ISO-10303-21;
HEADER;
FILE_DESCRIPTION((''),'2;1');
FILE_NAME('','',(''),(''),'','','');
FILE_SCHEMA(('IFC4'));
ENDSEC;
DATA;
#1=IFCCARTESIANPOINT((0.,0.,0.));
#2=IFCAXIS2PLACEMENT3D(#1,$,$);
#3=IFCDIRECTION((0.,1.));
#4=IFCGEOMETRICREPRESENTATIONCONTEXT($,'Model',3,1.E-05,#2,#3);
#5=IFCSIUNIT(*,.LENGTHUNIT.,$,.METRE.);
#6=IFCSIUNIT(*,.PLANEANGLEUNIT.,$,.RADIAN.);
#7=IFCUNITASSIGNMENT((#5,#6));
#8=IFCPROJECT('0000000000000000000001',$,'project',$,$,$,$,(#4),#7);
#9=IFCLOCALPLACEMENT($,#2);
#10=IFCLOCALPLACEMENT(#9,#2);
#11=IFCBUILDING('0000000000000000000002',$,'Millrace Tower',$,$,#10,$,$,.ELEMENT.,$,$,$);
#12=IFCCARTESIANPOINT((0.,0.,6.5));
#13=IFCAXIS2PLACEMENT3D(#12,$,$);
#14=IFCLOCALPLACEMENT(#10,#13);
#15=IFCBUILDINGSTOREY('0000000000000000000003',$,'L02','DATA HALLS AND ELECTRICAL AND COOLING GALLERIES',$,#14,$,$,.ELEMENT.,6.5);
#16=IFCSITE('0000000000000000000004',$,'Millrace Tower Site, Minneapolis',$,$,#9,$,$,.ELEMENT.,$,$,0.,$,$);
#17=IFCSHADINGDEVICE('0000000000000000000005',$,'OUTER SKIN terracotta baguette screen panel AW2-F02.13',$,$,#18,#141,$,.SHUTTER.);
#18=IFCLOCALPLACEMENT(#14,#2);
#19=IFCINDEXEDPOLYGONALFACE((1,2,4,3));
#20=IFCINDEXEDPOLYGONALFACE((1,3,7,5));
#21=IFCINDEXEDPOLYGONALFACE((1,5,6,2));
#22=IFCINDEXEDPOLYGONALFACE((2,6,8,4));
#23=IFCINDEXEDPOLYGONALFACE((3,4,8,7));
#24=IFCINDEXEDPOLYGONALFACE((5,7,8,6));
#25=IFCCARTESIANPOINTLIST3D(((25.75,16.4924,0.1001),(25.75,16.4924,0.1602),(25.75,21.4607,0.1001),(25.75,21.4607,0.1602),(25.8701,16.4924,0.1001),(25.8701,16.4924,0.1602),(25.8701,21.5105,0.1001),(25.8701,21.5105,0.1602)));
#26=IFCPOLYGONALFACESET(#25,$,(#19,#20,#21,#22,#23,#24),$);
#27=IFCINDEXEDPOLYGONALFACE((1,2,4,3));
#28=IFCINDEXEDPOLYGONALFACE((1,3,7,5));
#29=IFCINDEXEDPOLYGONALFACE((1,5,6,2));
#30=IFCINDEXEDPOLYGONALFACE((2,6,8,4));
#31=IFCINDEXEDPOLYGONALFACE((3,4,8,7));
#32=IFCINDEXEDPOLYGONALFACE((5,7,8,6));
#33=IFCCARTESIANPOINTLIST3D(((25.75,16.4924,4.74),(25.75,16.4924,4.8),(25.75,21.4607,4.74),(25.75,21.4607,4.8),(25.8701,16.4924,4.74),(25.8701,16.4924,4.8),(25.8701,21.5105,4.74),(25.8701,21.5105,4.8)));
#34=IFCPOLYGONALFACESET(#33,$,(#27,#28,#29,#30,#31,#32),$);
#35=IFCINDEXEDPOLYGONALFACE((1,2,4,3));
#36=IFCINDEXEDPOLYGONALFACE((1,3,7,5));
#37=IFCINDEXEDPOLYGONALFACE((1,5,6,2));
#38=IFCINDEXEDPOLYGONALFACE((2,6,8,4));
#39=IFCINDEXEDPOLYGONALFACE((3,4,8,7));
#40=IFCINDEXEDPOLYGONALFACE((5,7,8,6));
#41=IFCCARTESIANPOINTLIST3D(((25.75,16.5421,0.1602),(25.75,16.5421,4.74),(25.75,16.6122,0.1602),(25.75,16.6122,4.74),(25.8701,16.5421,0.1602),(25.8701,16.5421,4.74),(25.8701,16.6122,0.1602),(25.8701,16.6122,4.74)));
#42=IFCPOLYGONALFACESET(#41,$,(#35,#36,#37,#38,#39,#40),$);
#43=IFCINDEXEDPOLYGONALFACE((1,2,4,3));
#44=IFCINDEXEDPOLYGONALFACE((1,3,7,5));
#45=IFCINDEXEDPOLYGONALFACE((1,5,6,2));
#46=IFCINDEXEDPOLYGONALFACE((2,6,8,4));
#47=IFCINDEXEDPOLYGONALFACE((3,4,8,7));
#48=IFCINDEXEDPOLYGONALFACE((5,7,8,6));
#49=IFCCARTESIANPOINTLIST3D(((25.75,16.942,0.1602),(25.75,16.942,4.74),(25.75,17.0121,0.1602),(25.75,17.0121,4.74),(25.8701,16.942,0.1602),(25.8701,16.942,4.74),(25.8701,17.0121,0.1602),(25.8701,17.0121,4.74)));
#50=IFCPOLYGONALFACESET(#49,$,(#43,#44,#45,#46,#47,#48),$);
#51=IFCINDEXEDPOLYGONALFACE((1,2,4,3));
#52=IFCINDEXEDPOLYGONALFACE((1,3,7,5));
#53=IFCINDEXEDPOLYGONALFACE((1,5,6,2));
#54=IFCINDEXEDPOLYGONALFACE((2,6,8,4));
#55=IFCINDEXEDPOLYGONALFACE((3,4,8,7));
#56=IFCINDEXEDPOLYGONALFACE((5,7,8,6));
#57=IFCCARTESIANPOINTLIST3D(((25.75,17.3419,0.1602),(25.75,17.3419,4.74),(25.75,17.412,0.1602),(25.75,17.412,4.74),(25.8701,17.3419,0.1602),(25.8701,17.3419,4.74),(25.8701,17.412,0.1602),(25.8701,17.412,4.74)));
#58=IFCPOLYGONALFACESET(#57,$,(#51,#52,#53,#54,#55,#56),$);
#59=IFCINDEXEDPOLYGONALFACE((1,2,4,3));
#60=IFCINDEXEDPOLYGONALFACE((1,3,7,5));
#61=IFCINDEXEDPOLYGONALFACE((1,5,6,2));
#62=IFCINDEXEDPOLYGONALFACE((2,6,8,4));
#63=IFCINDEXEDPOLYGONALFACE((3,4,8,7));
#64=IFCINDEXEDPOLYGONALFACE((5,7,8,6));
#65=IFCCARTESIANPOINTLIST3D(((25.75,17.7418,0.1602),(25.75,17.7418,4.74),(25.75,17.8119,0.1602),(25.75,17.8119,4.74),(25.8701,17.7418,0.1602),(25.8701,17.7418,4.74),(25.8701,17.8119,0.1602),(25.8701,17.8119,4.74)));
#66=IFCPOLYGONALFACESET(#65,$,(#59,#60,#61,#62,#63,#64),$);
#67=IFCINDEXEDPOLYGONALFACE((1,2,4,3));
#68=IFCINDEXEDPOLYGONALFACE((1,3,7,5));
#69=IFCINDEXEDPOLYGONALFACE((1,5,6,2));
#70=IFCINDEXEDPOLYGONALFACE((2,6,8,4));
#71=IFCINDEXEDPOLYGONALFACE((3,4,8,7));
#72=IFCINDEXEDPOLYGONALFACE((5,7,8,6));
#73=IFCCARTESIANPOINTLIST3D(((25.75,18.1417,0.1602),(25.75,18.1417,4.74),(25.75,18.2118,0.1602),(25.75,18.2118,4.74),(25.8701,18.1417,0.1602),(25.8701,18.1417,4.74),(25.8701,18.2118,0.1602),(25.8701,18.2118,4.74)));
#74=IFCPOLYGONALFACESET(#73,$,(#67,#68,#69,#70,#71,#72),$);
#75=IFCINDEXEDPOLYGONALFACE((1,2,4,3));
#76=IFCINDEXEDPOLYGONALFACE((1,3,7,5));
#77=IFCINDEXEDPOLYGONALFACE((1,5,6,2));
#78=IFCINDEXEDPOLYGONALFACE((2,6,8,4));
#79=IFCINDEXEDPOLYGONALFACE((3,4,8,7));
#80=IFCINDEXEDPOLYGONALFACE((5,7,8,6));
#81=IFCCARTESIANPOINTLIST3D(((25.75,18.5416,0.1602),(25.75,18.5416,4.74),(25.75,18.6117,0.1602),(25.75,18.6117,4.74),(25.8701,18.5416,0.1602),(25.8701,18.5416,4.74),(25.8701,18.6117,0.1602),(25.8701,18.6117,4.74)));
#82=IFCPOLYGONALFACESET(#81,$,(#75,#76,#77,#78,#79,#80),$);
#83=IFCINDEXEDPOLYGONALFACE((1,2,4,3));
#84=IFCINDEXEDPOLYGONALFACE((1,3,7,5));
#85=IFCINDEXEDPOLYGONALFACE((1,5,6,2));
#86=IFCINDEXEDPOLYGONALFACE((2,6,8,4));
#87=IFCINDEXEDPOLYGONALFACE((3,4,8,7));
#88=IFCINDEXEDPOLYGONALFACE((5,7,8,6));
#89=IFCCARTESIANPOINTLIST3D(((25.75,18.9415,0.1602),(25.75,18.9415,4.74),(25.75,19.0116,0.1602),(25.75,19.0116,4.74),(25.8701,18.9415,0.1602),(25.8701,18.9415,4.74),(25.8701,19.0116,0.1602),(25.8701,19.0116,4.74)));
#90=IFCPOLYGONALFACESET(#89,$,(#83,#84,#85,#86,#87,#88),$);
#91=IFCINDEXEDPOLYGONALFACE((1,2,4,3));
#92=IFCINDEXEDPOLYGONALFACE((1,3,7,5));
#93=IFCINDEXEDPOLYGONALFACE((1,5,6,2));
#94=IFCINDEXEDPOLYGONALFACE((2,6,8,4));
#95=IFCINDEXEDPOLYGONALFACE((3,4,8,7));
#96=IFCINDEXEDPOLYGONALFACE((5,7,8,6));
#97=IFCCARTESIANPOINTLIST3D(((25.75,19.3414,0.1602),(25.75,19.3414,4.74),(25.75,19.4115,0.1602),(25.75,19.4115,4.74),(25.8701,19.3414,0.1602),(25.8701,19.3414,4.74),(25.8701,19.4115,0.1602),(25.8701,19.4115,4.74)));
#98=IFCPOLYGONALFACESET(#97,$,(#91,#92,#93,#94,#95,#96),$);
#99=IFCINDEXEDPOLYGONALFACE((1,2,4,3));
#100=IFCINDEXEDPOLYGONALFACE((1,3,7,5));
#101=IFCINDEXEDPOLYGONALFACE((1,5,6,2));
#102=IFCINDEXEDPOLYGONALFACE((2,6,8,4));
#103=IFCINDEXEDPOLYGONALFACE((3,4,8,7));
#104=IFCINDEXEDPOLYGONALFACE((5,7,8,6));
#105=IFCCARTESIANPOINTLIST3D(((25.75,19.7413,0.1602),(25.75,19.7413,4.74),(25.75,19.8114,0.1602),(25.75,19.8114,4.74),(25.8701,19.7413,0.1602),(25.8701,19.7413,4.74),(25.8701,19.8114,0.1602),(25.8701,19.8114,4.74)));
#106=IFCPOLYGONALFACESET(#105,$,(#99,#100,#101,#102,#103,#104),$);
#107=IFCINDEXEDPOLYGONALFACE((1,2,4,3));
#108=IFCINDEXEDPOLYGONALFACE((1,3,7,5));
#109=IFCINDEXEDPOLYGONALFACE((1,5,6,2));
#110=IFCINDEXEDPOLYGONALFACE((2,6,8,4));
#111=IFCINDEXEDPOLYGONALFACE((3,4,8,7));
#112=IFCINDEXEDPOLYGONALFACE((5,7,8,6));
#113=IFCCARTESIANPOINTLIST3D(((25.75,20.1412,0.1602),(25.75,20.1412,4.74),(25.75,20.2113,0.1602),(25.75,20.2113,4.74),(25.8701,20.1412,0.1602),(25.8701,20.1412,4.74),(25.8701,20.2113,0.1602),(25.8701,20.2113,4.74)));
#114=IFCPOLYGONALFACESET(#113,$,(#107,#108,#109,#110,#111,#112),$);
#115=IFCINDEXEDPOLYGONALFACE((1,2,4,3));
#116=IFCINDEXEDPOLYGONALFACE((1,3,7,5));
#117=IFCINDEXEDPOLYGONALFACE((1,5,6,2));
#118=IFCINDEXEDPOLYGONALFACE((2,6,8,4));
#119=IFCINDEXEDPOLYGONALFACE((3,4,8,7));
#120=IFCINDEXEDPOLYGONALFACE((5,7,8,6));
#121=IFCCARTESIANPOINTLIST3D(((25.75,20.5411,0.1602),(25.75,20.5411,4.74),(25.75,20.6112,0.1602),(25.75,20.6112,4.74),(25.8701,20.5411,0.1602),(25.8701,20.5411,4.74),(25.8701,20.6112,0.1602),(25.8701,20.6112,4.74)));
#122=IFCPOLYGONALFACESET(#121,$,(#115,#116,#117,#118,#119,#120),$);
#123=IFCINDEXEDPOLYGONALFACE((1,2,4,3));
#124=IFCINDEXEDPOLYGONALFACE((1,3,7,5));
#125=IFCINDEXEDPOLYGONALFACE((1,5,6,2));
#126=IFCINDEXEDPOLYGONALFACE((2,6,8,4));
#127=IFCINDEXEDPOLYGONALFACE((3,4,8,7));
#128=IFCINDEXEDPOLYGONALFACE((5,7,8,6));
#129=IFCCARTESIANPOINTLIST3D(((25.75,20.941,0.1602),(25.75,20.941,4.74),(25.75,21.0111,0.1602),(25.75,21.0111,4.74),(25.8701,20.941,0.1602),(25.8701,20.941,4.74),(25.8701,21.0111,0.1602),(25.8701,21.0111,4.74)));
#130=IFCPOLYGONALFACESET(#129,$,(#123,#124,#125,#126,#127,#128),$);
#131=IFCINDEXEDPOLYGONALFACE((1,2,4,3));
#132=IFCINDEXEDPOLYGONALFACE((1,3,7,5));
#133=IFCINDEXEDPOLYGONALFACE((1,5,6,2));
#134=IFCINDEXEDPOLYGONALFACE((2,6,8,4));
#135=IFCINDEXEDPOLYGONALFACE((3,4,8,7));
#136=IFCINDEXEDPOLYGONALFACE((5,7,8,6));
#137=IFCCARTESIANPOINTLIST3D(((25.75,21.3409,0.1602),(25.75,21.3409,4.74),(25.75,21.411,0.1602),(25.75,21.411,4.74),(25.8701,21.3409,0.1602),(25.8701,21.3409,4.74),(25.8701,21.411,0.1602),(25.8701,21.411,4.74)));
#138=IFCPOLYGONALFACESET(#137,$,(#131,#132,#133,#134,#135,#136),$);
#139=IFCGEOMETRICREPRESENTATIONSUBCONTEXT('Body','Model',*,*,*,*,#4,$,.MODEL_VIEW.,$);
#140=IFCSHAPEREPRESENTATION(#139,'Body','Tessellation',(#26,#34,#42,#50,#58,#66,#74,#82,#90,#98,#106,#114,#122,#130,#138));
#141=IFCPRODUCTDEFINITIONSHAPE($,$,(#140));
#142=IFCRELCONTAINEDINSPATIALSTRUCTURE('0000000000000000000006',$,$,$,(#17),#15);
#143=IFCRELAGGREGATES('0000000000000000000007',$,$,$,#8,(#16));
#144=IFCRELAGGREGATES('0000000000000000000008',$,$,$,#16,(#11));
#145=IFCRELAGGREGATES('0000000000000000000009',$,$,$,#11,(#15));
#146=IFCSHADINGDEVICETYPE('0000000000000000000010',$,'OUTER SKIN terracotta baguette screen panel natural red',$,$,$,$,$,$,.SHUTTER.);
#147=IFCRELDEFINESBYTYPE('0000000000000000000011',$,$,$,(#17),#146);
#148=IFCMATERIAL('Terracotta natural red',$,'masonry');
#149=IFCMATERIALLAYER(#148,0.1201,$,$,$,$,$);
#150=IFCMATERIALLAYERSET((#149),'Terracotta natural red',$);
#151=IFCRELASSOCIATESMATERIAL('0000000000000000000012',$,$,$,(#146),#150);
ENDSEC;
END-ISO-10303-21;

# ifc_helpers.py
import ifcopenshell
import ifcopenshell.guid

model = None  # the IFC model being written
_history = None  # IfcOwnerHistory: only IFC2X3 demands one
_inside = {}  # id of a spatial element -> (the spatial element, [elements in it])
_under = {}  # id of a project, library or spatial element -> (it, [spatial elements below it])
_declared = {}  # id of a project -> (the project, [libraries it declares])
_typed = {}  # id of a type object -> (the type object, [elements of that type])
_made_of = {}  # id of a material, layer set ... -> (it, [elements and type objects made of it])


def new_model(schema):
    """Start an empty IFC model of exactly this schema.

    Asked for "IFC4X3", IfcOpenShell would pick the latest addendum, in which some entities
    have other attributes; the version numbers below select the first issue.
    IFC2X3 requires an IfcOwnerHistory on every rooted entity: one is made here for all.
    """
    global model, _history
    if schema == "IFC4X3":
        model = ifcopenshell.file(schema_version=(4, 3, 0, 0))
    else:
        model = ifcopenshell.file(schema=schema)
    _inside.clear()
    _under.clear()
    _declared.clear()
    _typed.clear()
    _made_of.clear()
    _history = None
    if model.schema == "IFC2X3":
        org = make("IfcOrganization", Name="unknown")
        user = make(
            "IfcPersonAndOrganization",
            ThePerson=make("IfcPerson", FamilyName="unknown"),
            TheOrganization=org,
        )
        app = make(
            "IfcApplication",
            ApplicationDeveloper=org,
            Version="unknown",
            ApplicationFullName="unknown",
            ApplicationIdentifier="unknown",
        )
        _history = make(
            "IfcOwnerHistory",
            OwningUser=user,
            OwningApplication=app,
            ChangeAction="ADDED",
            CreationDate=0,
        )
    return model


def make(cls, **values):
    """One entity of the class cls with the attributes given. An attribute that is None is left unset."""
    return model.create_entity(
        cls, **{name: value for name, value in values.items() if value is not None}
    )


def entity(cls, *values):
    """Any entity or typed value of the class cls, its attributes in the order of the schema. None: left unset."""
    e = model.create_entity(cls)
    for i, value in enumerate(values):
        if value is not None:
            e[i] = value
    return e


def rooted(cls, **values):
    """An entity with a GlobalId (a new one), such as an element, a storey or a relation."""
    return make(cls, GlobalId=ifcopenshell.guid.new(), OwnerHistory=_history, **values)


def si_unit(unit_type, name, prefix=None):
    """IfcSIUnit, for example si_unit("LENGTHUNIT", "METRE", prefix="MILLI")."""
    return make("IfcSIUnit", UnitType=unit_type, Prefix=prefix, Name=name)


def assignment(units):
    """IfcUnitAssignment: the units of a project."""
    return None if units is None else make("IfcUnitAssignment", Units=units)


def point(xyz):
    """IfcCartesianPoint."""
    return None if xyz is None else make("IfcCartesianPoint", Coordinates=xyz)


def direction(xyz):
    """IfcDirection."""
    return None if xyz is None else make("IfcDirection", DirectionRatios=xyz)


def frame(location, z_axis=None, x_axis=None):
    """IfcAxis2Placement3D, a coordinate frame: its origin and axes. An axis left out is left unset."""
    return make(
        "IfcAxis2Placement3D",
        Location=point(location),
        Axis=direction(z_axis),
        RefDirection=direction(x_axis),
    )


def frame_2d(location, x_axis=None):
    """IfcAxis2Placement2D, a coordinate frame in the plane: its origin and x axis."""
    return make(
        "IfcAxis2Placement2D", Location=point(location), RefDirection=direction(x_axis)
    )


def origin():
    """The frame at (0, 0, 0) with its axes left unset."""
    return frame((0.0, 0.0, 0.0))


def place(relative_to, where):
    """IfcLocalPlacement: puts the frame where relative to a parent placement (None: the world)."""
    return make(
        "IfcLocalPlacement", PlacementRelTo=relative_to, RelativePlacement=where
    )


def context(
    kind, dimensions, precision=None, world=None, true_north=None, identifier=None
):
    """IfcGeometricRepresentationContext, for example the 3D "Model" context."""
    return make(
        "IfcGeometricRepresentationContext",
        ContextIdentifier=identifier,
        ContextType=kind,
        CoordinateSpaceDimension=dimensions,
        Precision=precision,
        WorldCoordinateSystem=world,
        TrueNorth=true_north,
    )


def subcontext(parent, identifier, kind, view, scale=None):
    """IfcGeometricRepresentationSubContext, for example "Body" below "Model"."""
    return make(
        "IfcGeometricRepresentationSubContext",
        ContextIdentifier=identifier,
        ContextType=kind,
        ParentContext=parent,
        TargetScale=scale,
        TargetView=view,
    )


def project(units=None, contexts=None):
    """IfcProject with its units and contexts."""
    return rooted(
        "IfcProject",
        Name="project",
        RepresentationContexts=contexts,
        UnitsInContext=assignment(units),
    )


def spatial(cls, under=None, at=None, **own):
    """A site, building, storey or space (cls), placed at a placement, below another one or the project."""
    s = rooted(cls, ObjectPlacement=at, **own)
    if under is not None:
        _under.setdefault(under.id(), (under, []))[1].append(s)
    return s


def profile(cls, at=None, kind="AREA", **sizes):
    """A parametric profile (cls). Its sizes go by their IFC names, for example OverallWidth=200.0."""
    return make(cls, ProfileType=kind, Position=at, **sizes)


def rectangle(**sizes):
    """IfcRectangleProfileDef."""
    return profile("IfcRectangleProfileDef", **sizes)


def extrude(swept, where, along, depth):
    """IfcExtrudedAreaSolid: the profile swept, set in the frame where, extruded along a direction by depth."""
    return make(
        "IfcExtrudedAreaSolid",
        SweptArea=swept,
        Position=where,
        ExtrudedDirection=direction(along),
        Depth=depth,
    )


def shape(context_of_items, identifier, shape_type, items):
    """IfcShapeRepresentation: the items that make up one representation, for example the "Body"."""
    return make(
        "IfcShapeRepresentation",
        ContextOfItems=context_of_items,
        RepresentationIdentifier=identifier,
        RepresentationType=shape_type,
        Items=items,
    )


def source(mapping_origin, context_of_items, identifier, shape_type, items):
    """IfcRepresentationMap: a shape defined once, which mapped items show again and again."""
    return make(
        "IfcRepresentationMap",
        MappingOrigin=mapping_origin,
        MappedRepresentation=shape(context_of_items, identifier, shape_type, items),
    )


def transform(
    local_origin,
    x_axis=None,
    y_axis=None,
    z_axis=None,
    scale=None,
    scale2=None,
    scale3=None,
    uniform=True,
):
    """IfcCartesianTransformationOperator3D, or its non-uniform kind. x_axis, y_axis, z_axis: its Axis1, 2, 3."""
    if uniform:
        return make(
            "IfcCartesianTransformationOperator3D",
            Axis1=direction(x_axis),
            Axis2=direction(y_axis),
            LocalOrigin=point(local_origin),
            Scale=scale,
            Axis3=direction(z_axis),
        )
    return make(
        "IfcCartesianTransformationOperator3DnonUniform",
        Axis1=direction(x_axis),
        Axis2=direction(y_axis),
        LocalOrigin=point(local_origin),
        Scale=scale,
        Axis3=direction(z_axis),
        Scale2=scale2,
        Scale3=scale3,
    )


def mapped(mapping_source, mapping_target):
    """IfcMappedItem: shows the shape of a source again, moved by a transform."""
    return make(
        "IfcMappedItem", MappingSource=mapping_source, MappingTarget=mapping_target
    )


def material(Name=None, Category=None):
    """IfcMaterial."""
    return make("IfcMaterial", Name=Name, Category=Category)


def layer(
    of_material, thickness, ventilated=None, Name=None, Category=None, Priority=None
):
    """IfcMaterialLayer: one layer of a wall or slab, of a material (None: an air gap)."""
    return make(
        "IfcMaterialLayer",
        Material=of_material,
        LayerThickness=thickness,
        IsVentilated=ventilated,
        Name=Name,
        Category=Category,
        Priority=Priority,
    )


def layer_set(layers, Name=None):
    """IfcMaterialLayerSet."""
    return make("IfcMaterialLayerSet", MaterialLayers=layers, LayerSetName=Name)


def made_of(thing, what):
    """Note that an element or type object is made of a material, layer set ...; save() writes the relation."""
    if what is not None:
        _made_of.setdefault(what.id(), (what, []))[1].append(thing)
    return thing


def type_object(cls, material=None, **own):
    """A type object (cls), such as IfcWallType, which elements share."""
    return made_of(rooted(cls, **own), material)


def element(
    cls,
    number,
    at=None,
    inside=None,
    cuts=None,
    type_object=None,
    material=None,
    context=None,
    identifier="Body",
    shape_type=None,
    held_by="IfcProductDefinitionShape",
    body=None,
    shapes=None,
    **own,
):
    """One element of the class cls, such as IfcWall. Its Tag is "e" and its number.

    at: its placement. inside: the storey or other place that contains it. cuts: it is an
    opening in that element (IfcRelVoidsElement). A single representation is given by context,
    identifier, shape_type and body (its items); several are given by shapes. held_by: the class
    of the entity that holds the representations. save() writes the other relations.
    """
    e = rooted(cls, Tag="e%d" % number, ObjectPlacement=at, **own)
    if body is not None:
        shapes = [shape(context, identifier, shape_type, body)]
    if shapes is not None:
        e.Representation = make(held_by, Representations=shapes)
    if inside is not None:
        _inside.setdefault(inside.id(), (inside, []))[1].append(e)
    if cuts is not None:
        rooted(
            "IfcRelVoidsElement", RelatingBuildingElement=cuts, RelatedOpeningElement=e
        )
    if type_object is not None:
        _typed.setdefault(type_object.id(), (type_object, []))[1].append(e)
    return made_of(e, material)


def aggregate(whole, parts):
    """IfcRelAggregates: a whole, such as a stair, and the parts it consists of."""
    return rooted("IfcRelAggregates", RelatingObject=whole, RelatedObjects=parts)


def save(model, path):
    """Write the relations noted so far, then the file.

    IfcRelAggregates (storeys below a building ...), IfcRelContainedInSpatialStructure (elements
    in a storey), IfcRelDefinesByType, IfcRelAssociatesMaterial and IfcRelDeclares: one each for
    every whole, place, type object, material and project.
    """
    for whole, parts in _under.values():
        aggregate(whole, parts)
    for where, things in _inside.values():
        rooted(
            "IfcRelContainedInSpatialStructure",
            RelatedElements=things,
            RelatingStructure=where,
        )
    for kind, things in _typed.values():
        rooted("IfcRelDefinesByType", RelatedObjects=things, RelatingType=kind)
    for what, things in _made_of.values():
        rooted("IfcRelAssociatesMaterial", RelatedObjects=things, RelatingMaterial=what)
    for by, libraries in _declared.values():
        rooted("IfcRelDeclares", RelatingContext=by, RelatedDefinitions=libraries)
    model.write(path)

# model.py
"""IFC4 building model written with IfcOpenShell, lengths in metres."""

from ifc_helpers import new_model, entity, si_unit, direction, frame, frame_2d, origin, place, context, subcontext, project, spatial, rectangle, extrude, source, transform, mapped, material, layer, layer_set, type_object, element, save


model = new_model("IFC4")

# Units and contexts
model_context = context("Model", 3, precision=1e-05, world=origin(), true_north=direction((0.0, 1.0)))
body_context = subcontext(model_context, "Body", "Model", "MODEL_VIEW")
ifc_project = project(units=[si_unit("LENGTHUNIT", "METRE"), si_unit("PLANEANGLEUNIT", "RADIAN")], contexts=[model_context])

# Site, building, storey
site_placement = place(None, origin())
site = spatial("IfcSite", under=ifc_project, at=site_placement, Name="Millrace Tower Site, Minneapolis", CompositionType="ELEMENT", RefElevation=0.0)
building_placement = place(site_placement, origin())
building = spatial("IfcBuilding", under=site, at=building_placement, Name="Millrace Tower", CompositionType="ELEMENT")
storey_placement = place(building_placement, frame((0.0, 0.0, 6.5)))
storey = spatial("IfcBuildingStorey", under=building, at=storey_placement, Name="L02", Description="DATA HALLS AND ELECTRICAL AND COOLING GALLERIES", CompositionType="ELEMENT", Elevation=6.5)

# Shading device
ifc_material_1 = material(Name="Terracotta natural red", Category="masonry")
ifc_layer_1 = layer(ifc_material_1, 0.1201)
ifc_layer_set_1 = layer_set([ifc_layer_1], Name="Terracotta natural red")
shading_device_type_1 = type_object("IfcShadingDeviceType", Name="OUTER SKIN terracotta baguette screen panel natural red", PredefinedType="SHUTTER", material=ifc_layer_set_1)
cartesian_point_1 = entity("IfcCartesianPoint", [-2.4966, 0.0601])
shared_polyline_1 = entity("IfcPolyline", [cartesian_point_1, entity("IfcCartesianPoint", [2.4717, 0.0601]), entity("IfcCartesianPoint", [2.5215, -0.0601]), entity("IfcCartesianPoint", [-2.4966, -0.0601]), cartesian_point_1])
shared_shape_1 = source(origin(), body_context, "Body", "SweptSolid", [
    entity("IfcExtrudedAreaSolid", entity("IfcArbitraryClosedProfileDef", "AREA", None, shared_polyline_1), entity("IfcAxis2Placement3D", entity("IfcCartesianPoint", [0.0, 0.0, 0.0])), entity("IfcDirection", [0.0, 0.0, 1.0]), 0.0601),
    entity("IfcExtrudedAreaSolid", entity("IfcArbitraryClosedProfileDef", "AREA", None, shared_polyline_1), entity("IfcAxis2Placement3D", entity("IfcCartesianPoint", [0.0, 0.0, 4.6399])), entity("IfcDirection", [0.0, 0.0, 1.0]), 0.0601),
    extrude(rectangle(XDim=0.0701, YDim=0.1201, at=frame_2d((-2.4119, 0.0))), frame((0.0, 0.0, 0.0601)), (0.0, 0.0, 1.0), 4.5798),
    extrude(rectangle(XDim=0.0701, YDim=0.1201, at=frame_2d((-2.012, 0.0))), frame((0.0, 0.0, 0.0601)), (0.0, 0.0, 1.0), 4.5798),
    extrude(rectangle(XDim=0.0701, YDim=0.1201, at=frame_2d((-1.6121, 0.0))), frame((0.0, 0.0, 0.0601)), (0.0, 0.0, 1.0), 4.5798),
    extrude(rectangle(XDim=0.0701, YDim=0.1201, at=frame_2d((-1.2122, 0.0))), frame((0.0, 0.0, 0.0601)), (0.0, 0.0, 1.0), 4.5798),
    extrude(rectangle(XDim=0.0701, YDim=0.1201, at=frame_2d((-0.8123, 0.0))), frame((0.0, 0.0, 0.0601)), (0.0, 0.0, 1.0), 4.5798),
    extrude(rectangle(XDim=0.0701, YDim=0.1201, at=frame_2d((-0.4124, 0.0))), frame((0.0, 0.0, 0.0601)), (0.0, 0.0, 1.0), 4.5798),
    extrude(rectangle(XDim=0.0701, YDim=0.1201, at=frame_2d((-0.0125, 0.0))), frame((0.0, 0.0, 0.0601)), (0.0, 0.0, 1.0), 4.5798),
    extrude(rectangle(XDim=0.0701, YDim=0.1201, at=frame_2d((0.3875, 0.0))), frame((0.0, 0.0, 0.0601)), (0.0, 0.0, 1.0), 4.5798),
    extrude(rectangle(XDim=0.0701, YDim=0.1201, at=frame_2d((0.7874, 0.0))), frame((0.0, 0.0, 0.0601)), (0.0, 0.0, 1.0), 4.5798),
    extrude(rectangle(XDim=0.0701, YDim=0.1201, at=frame_2d((1.1873, 0.0))), frame((0.0, 0.0, 0.0601)), (0.0, 0.0, 1.0), 4.5798),
    extrude(rectangle(XDim=0.0701, YDim=0.1201, at=frame_2d((1.5872, 0.0))), frame((0.0, 0.0, 0.0601)), (0.0, 0.0, 1.0), 4.5798),
    extrude(rectangle(XDim=0.0701, YDim=0.1201, at=frame_2d((1.9871, 0.0))), frame((0.0, 0.0, 0.0601)), (0.0, 0.0, 1.0), 4.5798),
    extrude(rectangle(XDim=0.0701, YDim=0.1201, at=frame_2d((2.387, 0.0))), frame((0.0, 0.0, 0.0601)), (0.0, 0.0, 1.0), 4.5798),
])
shading_device_1_placement = place(storey_placement, frame((25.8101, 18.989, 0.1001), z_axis=(0.0, 0.0, 1.0), x_axis=(0.0, 1.0, 0.0)))
element("IfcShadingDevice", 1, at=shading_device_1_placement, inside=storey, type_object=shading_device_type_1, Name="OUTER SKIN terracotta baguette screen panel AW2-F02.13", PredefinedType="SHUTTER", context=body_context, shape_type="MappedRepresentation", body=[
    mapped(shared_shape_1, transform((0.0, 0.0, 0.0), scale=1.0)),
])

save(model, "model.ifc")
